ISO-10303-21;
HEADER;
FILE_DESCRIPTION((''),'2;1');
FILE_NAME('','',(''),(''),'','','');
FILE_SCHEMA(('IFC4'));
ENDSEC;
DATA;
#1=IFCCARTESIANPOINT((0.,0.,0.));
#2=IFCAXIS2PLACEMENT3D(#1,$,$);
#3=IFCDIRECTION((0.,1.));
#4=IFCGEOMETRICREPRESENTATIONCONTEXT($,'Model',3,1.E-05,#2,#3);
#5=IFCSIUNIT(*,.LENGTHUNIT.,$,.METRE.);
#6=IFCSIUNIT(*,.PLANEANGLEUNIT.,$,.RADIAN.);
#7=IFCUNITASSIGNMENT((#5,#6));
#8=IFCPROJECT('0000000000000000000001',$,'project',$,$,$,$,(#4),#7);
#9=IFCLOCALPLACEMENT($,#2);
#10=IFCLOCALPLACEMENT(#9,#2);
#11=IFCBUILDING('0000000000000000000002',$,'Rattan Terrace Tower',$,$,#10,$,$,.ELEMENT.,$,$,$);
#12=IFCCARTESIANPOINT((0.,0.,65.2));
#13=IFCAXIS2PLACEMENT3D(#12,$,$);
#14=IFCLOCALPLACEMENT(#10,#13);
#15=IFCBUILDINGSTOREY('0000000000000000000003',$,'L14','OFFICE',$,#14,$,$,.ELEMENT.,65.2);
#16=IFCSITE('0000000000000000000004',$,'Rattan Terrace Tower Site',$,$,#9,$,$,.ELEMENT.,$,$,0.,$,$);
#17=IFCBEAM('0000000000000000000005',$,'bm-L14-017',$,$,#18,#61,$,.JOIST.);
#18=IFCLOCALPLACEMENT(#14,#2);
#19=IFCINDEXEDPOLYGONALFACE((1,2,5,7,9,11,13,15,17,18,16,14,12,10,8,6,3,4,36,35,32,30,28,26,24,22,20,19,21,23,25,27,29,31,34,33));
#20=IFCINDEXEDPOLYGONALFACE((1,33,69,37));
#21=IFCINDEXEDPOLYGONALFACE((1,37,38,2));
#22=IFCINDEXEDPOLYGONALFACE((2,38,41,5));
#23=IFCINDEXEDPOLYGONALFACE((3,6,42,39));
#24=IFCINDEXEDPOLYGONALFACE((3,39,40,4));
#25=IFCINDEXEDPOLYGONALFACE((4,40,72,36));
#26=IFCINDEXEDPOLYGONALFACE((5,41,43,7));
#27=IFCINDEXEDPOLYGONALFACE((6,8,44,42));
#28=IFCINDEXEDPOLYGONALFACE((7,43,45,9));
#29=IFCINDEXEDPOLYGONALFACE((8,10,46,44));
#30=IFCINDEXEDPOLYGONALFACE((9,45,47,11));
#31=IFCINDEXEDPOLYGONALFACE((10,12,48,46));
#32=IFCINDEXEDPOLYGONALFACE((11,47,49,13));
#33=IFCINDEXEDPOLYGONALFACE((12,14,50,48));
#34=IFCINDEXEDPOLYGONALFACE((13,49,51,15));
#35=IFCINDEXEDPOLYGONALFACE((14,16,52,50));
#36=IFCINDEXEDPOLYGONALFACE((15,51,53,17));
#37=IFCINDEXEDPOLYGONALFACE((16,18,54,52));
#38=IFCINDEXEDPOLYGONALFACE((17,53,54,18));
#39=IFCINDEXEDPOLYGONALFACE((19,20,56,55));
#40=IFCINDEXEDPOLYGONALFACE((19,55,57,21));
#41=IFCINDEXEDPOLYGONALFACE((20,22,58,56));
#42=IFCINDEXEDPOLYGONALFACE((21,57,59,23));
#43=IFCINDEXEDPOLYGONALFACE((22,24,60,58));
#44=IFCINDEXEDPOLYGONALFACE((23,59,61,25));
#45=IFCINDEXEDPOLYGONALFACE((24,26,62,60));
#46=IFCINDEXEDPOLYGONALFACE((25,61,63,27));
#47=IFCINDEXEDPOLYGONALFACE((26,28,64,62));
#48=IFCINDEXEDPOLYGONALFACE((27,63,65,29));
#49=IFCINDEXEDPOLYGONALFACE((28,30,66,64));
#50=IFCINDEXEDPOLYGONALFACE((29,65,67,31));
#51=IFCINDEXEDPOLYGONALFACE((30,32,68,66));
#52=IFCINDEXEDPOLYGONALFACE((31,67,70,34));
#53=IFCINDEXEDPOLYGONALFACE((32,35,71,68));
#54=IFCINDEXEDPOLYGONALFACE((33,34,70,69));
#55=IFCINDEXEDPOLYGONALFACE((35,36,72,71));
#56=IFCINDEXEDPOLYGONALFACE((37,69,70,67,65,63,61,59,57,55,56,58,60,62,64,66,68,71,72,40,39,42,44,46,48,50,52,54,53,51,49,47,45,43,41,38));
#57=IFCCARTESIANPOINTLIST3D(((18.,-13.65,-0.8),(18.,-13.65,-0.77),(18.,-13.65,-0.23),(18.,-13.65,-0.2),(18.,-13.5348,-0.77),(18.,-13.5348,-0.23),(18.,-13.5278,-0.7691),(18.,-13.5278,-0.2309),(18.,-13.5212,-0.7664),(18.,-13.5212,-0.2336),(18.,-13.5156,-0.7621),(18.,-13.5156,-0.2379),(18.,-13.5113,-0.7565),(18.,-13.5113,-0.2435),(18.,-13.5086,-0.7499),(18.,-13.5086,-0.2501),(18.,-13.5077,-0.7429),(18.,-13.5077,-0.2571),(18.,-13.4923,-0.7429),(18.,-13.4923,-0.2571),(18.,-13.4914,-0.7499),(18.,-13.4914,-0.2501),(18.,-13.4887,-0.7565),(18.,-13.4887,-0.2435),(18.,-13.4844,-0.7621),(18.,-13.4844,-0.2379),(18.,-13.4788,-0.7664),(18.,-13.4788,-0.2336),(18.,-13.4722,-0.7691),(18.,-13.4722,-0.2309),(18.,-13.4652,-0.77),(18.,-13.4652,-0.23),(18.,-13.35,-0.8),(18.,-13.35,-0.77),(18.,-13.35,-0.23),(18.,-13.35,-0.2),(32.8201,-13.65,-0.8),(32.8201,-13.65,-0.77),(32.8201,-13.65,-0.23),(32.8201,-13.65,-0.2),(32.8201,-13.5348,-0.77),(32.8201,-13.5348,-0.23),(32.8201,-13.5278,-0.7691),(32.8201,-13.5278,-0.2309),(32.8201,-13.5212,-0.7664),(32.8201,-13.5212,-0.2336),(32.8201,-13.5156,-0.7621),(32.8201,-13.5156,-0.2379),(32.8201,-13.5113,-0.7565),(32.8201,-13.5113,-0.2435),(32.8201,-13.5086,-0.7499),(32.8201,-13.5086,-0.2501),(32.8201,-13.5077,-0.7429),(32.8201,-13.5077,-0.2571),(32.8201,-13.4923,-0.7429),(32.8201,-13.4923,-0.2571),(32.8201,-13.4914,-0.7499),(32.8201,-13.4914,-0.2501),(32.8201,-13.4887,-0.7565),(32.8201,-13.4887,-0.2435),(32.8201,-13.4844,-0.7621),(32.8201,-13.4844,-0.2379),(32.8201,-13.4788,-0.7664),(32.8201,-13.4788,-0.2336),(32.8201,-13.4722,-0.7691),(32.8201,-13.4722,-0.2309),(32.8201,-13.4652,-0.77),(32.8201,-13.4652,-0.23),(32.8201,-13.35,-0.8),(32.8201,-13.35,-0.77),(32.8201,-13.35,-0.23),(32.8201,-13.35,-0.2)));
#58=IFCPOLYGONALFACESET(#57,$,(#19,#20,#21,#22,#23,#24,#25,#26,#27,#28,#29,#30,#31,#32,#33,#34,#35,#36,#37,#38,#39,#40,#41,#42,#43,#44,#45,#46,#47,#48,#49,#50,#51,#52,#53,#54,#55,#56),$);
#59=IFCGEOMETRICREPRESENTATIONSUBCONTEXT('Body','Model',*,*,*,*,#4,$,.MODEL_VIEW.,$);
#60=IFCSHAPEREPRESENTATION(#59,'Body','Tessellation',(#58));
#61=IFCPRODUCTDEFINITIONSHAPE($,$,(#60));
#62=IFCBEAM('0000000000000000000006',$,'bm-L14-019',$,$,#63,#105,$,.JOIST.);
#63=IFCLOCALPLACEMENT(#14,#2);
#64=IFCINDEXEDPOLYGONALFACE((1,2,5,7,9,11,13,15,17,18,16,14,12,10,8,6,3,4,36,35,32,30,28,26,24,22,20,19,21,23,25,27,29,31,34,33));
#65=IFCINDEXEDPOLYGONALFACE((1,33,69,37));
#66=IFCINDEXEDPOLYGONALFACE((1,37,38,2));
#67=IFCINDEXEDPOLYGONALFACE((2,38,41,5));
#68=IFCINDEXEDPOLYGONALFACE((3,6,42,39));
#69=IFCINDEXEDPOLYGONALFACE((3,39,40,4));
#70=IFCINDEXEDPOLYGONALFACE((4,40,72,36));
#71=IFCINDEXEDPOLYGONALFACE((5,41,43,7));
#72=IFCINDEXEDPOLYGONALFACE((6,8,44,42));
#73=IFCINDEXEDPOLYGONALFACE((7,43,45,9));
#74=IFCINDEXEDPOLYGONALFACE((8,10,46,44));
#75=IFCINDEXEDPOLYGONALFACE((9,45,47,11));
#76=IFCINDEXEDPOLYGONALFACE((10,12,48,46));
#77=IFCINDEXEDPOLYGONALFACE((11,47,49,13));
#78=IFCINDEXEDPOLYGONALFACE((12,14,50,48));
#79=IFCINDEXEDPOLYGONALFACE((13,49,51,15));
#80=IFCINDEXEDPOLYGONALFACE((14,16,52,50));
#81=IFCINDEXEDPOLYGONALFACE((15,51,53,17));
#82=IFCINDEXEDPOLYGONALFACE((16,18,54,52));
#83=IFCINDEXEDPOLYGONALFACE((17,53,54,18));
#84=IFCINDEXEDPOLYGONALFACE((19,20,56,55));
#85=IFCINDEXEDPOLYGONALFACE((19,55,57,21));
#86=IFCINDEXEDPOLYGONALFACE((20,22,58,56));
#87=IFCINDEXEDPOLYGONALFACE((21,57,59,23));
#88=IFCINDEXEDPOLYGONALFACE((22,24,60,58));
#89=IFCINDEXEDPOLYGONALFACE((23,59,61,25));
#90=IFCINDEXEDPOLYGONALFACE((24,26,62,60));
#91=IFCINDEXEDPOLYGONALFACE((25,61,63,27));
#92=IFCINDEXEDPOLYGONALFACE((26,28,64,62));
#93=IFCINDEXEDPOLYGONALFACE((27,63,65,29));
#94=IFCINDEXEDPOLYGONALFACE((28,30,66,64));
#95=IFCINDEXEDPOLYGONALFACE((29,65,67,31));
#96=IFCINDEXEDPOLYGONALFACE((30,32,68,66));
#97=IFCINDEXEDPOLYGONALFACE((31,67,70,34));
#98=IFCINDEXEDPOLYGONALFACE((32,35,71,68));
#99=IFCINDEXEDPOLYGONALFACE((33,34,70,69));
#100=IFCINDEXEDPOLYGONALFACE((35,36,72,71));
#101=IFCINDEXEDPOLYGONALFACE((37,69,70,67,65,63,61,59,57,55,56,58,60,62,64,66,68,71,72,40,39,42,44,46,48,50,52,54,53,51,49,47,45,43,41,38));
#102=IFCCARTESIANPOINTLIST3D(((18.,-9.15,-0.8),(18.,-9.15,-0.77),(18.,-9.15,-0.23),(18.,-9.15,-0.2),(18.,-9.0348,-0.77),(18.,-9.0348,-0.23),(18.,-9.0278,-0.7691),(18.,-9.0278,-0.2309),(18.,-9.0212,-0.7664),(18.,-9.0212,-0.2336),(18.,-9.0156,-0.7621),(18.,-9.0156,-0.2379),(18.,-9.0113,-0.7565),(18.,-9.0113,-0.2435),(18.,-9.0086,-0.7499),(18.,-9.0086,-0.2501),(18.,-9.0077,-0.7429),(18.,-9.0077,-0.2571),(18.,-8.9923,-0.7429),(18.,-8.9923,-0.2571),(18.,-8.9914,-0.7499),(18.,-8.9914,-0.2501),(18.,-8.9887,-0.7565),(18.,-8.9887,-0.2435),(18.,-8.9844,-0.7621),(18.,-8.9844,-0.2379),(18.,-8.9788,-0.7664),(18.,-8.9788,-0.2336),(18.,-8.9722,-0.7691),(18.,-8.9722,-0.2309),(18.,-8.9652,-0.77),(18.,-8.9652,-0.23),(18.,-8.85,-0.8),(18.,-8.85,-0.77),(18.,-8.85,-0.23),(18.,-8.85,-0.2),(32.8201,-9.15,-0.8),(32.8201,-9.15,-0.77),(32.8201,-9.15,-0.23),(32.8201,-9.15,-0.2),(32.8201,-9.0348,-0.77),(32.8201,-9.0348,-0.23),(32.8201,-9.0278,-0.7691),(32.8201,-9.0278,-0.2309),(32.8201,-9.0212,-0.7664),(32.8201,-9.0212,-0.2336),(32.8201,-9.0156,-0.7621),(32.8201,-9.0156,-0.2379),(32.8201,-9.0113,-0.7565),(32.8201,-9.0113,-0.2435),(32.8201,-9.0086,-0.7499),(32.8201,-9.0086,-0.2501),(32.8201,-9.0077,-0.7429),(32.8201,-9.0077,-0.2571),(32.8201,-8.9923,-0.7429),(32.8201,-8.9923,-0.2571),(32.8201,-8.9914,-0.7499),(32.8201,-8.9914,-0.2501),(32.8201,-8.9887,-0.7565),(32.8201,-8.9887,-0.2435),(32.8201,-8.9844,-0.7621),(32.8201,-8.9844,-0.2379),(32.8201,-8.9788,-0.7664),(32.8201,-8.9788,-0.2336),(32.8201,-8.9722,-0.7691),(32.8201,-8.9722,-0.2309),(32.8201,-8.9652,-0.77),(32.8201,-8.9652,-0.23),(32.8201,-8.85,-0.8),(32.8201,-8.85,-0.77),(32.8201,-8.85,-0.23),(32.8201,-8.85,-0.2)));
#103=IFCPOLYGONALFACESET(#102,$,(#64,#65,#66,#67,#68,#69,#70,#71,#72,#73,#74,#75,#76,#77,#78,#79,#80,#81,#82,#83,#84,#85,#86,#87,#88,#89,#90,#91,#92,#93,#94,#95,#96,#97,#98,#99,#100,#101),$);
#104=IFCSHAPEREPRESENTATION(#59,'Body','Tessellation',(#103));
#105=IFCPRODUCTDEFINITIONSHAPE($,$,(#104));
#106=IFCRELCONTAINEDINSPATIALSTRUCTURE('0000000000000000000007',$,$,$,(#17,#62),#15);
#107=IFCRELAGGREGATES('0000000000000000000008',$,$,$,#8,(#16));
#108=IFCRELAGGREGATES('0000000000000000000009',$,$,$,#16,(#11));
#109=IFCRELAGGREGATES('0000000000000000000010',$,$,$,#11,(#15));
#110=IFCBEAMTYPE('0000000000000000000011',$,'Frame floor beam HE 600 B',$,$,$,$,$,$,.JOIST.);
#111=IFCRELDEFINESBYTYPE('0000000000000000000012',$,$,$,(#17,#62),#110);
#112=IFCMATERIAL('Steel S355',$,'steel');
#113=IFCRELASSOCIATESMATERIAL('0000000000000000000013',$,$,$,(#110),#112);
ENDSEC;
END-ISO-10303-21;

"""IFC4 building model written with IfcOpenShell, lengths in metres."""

from ifc_helpers import new_model, si_unit, direction, frame, origin, origin_2d, place, context, subcontext, project, spatial, i_section, extrude, material, material_profile, profile_set, type_object, element, save


model = new_model("IFC4")

# Units and contexts
model_context = context("Model", 3, precision=1e-05, world=origin(), true_north=direction((0.0, 1.0)))
body_context = subcontext(model_context, "Body", "Model", "MODEL_VIEW")
ifc_project = project(units=[si_unit("LENGTHUNIT", "METRE"), si_unit("PLANEANGLEUNIT", "RADIAN")], contexts=[model_context])

# Site, building, storey
site_placement = place(None, origin())
site = spatial("IfcSite", under=ifc_project, at=site_placement, Name="Rattan Terrace Tower Site", CompositionType="ELEMENT", RefElevation=0.0)
building_placement = place(site_placement, origin())
building = spatial("IfcBuilding", under=site, at=building_placement, Name="Rattan Terrace Tower", CompositionType="ELEMENT")
storey_placement = place(building_placement, frame((0.0, 0.0, 65.2)))
storey = spatial("IfcBuildingStorey", under=building, at=storey_placement, Name="L14", Description="OFFICE", CompositionType="ELEMENT", Elevation=65.2)

# Beams
ifc_material_1 = material(Name="Steel S355", Category="steel")
ifc_material_profile = material_profile(ifc_material_1, i_section(OverallWidth=0.3, OverallDepth=0.6001, WebThickness=0.0154, FlangeThickness=0.03, FilletRadius=0.0271, at=origin_2d()), Name="HE 600 B")
ifc_profile_set = profile_set([ifc_material_profile], Name="Steel S355")
beam_type = type_object("IfcBeamType", Name="Frame floor beam HE 600 B", PredefinedType="JOIST", material=ifc_profile_set)
for number, where, z_axis, x_axis, name in (
    (1, (18.0, -13.5, -0.5), (1.0, 0.0, 0.0), (0.0, 1.0, 0.0), "bm-L14-017"),
    (2, (18.0, -9.0, -0.5), (1.0, 0.0, 0.0), (0.0, 1.0, 0.0), "bm-L14-019"),
):
    element("IfcBeam", number, at=place(storey_placement, frame(where, z_axis=z_axis, x_axis=x_axis)), inside=storey, type_object=beam_type, Name=name, PredefinedType="JOIST", context=body_context, shape_type="SweptSolid", body=[
        extrude(i_section(OverallWidth=0.3, OverallDepth=0.6001, WebThickness=0.0154, FlangeThickness=0.03, FilletRadius=0.0271, at=origin_2d()), origin(), (0.0, 0.0, 1.0), 14.8201),
    ])

save(model, "model.ifc")
